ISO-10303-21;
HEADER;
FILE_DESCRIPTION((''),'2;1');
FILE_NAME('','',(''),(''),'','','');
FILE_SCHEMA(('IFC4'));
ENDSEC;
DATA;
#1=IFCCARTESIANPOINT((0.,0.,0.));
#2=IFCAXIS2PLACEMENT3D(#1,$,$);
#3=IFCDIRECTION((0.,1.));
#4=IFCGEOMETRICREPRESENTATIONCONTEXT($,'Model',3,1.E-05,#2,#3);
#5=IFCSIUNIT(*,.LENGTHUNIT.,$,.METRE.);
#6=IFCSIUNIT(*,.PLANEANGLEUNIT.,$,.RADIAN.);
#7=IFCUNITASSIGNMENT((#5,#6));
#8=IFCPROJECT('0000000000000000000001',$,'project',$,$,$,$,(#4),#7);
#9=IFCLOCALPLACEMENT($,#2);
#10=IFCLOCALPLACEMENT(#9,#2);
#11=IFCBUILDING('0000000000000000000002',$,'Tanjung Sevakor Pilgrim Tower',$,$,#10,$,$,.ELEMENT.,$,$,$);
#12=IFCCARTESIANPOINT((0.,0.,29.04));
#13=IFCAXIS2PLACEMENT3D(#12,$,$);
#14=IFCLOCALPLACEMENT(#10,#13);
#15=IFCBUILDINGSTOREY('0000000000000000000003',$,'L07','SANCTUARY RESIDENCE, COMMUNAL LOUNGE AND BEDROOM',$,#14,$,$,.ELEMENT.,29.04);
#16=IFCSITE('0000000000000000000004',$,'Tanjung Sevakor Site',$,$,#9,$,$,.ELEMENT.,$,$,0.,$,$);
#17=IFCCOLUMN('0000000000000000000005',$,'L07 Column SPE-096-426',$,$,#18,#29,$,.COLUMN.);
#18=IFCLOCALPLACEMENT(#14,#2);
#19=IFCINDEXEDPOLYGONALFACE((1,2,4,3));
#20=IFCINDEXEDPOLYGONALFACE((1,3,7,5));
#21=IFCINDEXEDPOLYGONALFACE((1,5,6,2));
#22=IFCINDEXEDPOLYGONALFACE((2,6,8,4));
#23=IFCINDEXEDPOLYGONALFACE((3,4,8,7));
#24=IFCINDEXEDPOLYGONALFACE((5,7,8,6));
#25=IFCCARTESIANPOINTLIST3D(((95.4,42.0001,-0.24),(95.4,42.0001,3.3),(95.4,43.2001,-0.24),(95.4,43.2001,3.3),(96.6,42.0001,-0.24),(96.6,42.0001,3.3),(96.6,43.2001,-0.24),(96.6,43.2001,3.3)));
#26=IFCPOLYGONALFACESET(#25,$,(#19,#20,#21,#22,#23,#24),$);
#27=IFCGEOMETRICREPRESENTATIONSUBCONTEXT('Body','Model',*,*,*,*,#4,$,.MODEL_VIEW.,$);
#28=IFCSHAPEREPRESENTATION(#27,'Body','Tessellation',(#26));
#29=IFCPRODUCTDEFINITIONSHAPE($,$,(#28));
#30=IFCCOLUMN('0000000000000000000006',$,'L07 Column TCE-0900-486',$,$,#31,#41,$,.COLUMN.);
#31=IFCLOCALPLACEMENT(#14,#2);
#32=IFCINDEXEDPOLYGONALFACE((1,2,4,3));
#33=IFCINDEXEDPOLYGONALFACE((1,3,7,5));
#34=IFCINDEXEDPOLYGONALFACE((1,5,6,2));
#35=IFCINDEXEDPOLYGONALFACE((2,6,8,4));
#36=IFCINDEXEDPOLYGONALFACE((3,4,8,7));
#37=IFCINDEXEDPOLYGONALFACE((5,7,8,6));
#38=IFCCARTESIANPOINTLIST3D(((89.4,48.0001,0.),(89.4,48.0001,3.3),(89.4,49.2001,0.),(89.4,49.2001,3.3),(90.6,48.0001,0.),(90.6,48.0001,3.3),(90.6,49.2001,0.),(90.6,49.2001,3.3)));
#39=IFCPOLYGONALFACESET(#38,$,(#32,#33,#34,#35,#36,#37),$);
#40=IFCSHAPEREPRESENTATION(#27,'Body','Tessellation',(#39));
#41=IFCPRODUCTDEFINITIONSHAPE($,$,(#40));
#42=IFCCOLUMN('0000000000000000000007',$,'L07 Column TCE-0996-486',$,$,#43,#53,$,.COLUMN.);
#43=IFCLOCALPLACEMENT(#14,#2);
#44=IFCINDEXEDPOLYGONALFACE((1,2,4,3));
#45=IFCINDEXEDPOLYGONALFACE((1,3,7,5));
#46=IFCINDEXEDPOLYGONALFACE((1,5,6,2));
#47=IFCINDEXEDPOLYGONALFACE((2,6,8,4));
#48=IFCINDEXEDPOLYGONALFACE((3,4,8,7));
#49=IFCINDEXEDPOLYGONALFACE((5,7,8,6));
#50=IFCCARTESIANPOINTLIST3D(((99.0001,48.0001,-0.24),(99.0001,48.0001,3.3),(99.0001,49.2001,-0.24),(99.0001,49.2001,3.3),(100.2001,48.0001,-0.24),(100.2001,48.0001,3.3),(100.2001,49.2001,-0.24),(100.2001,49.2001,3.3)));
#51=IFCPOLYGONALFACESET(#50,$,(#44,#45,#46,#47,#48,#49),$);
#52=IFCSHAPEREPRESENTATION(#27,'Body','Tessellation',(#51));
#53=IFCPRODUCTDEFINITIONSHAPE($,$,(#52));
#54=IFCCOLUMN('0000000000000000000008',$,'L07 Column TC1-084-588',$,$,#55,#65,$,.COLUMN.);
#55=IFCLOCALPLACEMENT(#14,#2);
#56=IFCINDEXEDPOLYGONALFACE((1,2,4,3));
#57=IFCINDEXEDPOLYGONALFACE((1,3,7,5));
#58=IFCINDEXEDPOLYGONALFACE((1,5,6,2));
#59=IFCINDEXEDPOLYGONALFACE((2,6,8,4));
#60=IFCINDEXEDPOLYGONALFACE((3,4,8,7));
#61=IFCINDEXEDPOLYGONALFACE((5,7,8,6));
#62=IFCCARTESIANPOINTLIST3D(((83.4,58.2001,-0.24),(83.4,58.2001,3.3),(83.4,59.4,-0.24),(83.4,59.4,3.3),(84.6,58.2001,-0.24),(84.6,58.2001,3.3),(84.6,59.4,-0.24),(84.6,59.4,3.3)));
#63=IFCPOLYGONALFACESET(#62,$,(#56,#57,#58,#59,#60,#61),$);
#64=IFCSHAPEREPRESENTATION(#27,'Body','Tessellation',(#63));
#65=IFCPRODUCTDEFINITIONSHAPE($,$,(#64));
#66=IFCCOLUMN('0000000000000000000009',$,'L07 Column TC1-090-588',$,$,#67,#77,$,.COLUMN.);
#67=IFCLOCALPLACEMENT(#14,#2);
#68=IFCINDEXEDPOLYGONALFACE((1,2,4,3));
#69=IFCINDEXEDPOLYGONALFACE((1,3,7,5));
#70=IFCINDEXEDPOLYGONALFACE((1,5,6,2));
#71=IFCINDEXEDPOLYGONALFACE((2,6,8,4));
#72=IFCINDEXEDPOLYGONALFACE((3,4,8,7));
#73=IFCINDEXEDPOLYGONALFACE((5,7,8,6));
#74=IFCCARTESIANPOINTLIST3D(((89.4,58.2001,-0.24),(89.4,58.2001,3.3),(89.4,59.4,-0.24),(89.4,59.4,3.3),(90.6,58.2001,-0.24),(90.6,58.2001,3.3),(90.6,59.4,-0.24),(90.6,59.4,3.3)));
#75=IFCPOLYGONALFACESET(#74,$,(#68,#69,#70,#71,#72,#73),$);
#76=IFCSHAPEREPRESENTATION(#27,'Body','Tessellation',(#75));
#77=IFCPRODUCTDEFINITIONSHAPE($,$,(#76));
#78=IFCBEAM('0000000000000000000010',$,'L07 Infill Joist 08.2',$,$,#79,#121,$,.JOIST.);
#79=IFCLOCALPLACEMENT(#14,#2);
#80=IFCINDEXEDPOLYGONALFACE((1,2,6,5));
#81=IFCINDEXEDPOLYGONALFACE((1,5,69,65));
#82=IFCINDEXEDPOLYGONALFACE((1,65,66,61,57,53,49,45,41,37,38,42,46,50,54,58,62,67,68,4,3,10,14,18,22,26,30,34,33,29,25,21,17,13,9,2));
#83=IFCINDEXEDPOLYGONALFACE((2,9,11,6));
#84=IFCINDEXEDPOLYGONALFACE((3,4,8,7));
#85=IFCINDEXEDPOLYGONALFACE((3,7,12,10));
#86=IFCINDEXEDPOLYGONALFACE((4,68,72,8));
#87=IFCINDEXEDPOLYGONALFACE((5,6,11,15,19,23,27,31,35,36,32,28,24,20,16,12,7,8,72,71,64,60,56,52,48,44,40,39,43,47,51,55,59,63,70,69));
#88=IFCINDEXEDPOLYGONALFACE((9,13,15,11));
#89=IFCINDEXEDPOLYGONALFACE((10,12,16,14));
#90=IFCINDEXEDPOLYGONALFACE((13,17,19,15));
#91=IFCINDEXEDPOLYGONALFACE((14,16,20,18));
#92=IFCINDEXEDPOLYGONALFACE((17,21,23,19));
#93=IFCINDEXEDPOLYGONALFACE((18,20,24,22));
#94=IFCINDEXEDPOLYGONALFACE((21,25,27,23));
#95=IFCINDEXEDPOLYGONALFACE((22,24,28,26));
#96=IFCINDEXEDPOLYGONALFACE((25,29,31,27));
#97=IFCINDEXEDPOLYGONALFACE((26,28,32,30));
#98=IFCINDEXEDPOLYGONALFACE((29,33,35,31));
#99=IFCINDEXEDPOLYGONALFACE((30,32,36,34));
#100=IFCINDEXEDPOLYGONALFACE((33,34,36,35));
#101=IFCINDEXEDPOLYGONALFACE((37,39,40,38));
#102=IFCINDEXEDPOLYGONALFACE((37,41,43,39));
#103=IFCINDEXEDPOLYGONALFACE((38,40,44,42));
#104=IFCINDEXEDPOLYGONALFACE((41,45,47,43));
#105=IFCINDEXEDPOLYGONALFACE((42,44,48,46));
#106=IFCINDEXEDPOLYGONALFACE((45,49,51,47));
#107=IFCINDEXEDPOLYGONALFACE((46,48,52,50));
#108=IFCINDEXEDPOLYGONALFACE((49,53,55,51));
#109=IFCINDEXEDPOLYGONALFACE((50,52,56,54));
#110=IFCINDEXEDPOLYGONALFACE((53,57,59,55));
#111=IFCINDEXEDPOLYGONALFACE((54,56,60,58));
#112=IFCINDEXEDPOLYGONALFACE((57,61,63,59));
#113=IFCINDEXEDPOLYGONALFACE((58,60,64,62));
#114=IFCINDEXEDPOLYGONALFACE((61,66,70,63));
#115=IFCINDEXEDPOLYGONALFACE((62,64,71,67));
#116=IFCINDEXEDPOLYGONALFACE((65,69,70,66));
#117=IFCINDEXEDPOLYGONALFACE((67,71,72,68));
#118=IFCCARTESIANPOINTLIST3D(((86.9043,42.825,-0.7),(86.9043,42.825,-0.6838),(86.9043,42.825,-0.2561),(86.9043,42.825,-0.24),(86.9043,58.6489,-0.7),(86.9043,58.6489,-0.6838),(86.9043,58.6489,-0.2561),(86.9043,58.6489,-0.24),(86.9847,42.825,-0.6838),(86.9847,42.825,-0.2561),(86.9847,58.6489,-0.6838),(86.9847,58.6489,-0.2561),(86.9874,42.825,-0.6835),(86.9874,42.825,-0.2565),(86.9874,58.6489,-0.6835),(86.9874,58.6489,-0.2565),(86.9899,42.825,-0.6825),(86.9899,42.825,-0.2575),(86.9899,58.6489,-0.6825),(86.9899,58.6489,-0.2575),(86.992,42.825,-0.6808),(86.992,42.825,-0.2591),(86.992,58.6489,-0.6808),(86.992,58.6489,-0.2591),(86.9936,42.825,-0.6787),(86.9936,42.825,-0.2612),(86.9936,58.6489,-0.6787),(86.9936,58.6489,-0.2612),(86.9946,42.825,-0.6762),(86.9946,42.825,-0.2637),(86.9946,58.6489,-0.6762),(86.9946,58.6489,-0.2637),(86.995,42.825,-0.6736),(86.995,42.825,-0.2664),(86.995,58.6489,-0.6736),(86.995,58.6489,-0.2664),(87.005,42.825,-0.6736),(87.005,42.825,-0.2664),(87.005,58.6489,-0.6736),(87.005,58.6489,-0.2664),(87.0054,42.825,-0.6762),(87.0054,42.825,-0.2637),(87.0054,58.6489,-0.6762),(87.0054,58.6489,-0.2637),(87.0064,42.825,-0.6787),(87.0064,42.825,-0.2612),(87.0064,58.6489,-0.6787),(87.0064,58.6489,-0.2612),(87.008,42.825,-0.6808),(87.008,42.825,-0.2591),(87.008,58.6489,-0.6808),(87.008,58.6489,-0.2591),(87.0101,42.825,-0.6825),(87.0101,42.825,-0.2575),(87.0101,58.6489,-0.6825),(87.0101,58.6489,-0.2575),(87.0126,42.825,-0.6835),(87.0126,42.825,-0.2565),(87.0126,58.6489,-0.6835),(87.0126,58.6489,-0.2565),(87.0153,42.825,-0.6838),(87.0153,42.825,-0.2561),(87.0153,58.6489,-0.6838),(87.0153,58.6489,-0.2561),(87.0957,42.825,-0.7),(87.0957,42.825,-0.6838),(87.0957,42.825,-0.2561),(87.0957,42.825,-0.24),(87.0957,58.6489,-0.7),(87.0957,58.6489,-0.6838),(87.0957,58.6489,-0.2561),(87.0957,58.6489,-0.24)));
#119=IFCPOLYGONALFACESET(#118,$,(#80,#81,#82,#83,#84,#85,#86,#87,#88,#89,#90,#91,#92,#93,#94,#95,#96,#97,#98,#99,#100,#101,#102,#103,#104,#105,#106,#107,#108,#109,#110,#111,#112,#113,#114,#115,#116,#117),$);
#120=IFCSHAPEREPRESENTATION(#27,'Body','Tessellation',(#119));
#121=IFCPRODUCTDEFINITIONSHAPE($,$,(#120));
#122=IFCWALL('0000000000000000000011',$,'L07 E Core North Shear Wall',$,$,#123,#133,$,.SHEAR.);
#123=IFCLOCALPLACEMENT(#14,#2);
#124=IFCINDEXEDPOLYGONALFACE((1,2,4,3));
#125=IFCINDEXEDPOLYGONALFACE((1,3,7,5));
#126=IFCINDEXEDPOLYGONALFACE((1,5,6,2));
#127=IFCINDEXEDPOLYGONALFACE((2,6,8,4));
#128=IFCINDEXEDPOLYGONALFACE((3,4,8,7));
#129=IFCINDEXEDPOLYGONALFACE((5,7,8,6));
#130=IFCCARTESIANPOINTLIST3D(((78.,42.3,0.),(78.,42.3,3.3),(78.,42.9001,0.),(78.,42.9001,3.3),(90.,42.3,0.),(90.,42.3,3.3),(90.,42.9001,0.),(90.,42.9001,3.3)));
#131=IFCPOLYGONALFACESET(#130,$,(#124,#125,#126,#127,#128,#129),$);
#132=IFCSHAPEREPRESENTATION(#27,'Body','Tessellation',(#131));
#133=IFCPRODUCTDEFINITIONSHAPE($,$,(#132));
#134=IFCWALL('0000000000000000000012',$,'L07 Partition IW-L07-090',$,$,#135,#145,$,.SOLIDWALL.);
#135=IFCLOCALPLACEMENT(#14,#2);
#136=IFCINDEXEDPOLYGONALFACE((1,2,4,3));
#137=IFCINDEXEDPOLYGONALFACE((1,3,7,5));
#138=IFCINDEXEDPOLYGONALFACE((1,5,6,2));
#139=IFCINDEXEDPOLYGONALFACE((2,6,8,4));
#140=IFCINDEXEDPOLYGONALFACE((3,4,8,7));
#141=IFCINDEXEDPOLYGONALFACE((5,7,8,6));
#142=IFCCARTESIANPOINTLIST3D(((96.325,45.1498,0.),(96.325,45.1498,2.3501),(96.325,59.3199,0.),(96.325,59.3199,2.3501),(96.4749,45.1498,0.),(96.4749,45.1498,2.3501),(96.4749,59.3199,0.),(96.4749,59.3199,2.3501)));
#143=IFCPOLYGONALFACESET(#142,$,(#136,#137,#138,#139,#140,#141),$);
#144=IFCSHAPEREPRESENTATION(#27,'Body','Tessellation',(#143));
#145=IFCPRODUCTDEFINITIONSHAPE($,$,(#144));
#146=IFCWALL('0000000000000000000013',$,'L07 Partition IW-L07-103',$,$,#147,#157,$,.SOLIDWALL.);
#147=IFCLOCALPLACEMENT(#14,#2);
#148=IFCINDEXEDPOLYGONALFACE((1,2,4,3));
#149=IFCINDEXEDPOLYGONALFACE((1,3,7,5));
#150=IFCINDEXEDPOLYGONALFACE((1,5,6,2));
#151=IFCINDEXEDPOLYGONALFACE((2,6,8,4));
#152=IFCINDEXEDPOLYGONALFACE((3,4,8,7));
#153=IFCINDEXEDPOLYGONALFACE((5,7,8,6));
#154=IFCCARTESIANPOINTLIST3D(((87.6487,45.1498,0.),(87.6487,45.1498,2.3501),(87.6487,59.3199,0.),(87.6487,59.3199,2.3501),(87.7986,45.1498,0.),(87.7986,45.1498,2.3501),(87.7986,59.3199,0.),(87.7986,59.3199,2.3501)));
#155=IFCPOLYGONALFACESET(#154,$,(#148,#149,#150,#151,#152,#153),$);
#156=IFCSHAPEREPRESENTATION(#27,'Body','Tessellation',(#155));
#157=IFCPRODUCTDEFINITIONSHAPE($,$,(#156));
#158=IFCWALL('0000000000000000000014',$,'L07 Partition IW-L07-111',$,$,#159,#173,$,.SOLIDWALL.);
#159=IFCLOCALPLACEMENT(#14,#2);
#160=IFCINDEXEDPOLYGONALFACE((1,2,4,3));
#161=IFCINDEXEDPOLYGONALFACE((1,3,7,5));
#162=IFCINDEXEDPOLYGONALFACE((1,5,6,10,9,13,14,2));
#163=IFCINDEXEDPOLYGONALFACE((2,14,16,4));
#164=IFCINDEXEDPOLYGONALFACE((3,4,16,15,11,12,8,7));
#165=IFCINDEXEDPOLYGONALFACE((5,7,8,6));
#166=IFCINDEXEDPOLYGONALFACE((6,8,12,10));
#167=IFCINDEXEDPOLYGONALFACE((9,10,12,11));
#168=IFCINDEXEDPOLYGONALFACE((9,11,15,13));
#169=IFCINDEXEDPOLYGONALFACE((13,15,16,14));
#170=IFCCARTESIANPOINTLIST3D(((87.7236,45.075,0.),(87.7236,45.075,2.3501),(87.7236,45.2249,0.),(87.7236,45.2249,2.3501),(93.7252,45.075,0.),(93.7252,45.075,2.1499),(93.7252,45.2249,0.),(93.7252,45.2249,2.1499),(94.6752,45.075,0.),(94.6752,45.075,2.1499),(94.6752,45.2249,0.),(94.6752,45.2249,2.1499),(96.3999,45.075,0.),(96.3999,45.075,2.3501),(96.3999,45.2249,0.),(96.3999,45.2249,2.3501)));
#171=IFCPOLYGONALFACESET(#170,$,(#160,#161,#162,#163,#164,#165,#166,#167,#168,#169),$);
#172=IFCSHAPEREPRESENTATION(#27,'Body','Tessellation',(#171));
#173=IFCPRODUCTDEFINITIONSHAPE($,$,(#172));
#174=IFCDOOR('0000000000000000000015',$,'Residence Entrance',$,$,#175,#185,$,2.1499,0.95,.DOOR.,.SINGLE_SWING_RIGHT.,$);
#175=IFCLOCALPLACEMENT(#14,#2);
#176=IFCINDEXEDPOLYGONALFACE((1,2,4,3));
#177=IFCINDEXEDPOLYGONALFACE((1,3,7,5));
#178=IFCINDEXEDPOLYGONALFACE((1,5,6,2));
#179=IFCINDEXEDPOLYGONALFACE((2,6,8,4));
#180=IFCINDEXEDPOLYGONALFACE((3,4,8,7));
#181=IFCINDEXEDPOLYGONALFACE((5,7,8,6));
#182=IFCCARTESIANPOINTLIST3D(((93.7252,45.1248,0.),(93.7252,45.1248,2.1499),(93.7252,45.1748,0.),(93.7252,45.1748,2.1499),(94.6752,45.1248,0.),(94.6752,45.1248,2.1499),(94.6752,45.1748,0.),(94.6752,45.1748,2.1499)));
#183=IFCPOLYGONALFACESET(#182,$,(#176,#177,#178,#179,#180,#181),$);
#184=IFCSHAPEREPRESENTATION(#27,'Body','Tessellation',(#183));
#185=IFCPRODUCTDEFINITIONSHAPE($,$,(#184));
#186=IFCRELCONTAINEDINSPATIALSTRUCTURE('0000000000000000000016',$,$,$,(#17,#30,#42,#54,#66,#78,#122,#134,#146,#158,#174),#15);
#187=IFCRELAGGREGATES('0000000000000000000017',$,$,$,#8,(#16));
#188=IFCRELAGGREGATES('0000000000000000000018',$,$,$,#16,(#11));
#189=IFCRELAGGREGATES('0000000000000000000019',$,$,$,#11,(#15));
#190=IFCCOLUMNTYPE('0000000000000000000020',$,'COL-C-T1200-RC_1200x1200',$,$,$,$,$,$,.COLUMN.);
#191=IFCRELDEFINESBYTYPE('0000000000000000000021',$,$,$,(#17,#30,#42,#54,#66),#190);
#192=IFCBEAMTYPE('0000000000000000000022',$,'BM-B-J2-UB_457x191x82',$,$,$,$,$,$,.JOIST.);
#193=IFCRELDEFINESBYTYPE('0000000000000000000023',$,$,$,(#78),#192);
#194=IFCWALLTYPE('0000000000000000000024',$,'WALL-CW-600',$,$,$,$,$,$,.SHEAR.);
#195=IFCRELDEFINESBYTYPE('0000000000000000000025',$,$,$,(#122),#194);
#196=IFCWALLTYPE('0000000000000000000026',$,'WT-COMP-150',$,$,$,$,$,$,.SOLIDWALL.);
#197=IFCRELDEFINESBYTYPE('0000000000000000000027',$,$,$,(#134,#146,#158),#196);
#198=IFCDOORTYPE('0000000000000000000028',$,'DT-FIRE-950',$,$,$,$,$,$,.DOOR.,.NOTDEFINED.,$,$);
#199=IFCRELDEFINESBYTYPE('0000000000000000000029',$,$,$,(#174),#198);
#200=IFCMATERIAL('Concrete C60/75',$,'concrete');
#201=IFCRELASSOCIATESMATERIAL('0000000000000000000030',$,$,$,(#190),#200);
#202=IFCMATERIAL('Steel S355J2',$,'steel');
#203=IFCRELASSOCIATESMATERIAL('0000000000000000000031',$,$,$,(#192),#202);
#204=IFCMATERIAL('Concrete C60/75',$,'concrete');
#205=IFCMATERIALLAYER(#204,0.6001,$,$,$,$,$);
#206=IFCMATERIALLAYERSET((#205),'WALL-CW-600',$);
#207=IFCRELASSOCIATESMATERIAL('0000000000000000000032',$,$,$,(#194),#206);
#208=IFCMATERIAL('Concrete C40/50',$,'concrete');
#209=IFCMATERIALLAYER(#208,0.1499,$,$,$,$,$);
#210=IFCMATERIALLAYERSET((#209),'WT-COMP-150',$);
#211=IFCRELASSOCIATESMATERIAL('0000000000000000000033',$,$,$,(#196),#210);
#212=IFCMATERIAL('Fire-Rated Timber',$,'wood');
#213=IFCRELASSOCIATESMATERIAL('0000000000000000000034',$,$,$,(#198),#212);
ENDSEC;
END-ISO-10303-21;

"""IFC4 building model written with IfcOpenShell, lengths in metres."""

from ifc_helpers import new_model, si_unit, direction, frame, frame_2d, origin, origin_2d, place, context, subcontext, project, spatial, rectangle, i_section, extrude, material, layer, layer_set, material_profile, profile_set, type_object, element, fill, save


model = new_model("IFC4")

# Units and contexts
model_context = context("Model", 3, precision=1e-05, world=origin(), true_north=direction((0.0, 1.0)))
body_context = subcontext(model_context, "Body", "Model", "MODEL_VIEW")
ifc_project = project(units=[si_unit("LENGTHUNIT", "METRE"), si_unit("PLANEANGLEUNIT", "RADIAN")], contexts=[model_context])

# Site, building, storey
site_placement = place(None, origin())
site = spatial("IfcSite", under=ifc_project, at=site_placement, Name="Tanjung Sevakor Site", CompositionType="ELEMENT", RefElevation=0.0)
building_placement = place(site_placement, origin())
building = spatial("IfcBuilding", under=site, at=building_placement, Name="Tanjung Sevakor Pilgrim Tower", CompositionType="ELEMENT")
storey_placement = place(building_placement, frame((0.0, 0.0, 29.04)))
storey = spatial("IfcBuildingStorey", under=building, at=storey_placement, Name="L07", Description="SANCTUARY RESIDENCE, COMMUNAL LOUNGE AND BEDROOM", CompositionType="ELEMENT", Elevation=29.04)

# Columns
ifc_material_1 = material(Name="Concrete C60/75", Category="concrete")
ifc_material_profile_1 = material_profile(ifc_material_1, rectangle(XDim=1.2, YDim=1.2, at=origin_2d()))
ifc_profile_set_1 = profile_set([ifc_material_profile_1], Name="Concrete C60/75")
column_type = type_object("IfcColumnType", Name="COL-C-T1200-RC_1200x1200", PredefinedType="COLUMN", material=ifc_profile_set_1)
column_1_placement = place(storey_placement, frame((96.0, 42.6001, -0.24), z_axis=(0.0, 0.0, 1.0), x_axis=(1.0, 0.0, 0.0)))
element("IfcColumn", 1, at=column_1_placement, inside=storey, type_object=column_type, Name="L07 Column SPE-096-426", PredefinedType="COLUMN", context=body_context, shape_type="SweptSolid", body=[
    extrude(rectangle(XDim=1.2, YDim=1.2, at=origin_2d()), origin(), (0.0, 0.0, 1.0), 3.54),
])
column_2_placement = place(storey_placement, frame((90.0, 48.6001, 0.0), z_axis=(0.0, 0.0, 1.0), x_axis=(1.0, 0.0, 0.0)))
element("IfcColumn", 2, at=column_2_placement, inside=storey, type_object=column_type, Name="L07 Column TCE-0900-486", PredefinedType="COLUMN", context=body_context, shape_type="SweptSolid", body=[
    extrude(rectangle(XDim=1.2, YDim=1.2, at=origin_2d()), origin(), (0.0, 0.0, 1.0), 3.3),
])
for number, where, z_axis, x_axis, name in (
    (3, (99.6001, 48.6001, -0.24), (0.0, 0.0, 1.0), (1.0, 0.0, 0.0), "L07 Column TCE-0996-486"),
    (4, (84.0, 58.8, -0.24), (0.0, 0.0, 1.0), (1.0, 0.0, 0.0), "L07 Column TC1-084-588"),
    (5, (90.0, 58.8, -0.24), (0.0, 0.0, 1.0), (1.0, 0.0, 0.0), "L07 Column TC1-090-588"),
):
    element("IfcColumn", number, at=place(storey_placement, frame(where, z_axis=z_axis, x_axis=x_axis)), inside=storey, type_object=column_type, Name=name, PredefinedType="COLUMN", context=body_context, shape_type="SweptSolid", body=[
        extrude(rectangle(XDim=1.2, YDim=1.2, at=origin_2d()), origin(), (0.0, 0.0, 1.0), 3.54),
    ])

# Beam
ifc_material_2 = material(Name="Steel S355J2", Category="steel")
ifc_material_profile_2 = material_profile(ifc_material_2, i_section(OverallWidth=0.1914, OverallDepth=0.46, WebThickness=0.01, FlangeThickness=0.0161, FilletRadius=0.0103, at=origin_2d()))
ifc_profile_set_2 = profile_set([ifc_material_profile_2], Name="Steel S355J2")
beam_type = type_object("IfcBeamType", Name="BM-B-J2-UB_457x191x82", PredefinedType="JOIST", material=ifc_profile_set_2)
beam_placement = place(storey_placement, frame((87.0, 42.825, -0.47), z_axis=(0.0, 1.0, 0.0), x_axis=(-1.0, 0.0, 0.0)))
element("IfcBeam", 6, at=beam_placement, inside=storey, type_object=beam_type, Name="L07 Infill Joist 08.2", PredefinedType="JOIST", context=body_context, shape_type="SweptSolid", body=[
    extrude(i_section(OverallWidth=0.1914, OverallDepth=0.46, WebThickness=0.01, FlangeThickness=0.0161, FilletRadius=0.0103, at=origin_2d()), origin(), (0.0, 0.0, 1.0), 15.824),
])

# Walls
ifc_material_3 = material(Name="Concrete C60/75", Category="concrete")
ifc_layer_1 = layer(ifc_material_3, 0.6001)
ifc_layer_set_1 = layer_set([ifc_layer_1], Name="WALL-CW-600")
wall_type_1 = type_object("IfcWallType", Name="WALL-CW-600", PredefinedType="SHEAR", material=ifc_layer_set_1)
wall_1_placement = place(storey_placement, frame((90.0, 42.6001, 0.0), z_axis=(0.0, 0.0, 1.0), x_axis=(-1.0, 0.0, 0.0)))
element("IfcWall", 7, at=wall_1_placement, inside=storey, type_object=wall_type_1, Name="L07 E Core North Shear Wall", PredefinedType="SHEAR", context=body_context, shape_type="SweptSolid", body=[
    extrude(rectangle(XDim=12.0, YDim=0.6001, at=frame_2d((6.0, 0.0))), origin(), (0.0, 0.0, 1.0), 3.3),
])
ifc_material_4 = material(Name="Concrete C40/50", Category="concrete")
ifc_layer_2 = layer(ifc_material_4, 0.1499)
ifc_layer_set_2 = layer_set([ifc_layer_2], Name="WT-COMP-150")
wall_type_2 = type_object("IfcWallType", Name="WT-COMP-150", PredefinedType="SOLIDWALL", material=ifc_layer_set_2)
for number, where, z_axis, x_axis, name in (
    (8, (96.3999, 45.1499, 0.0), (0.0, 0.0, 1.0), (0.0, 1.0, 0.0), "L07 Partition IW-L07-090"),
    (9, (87.7236, 45.1499, 0.0), (0.0, 0.0, 1.0), (0.0, 1.0, 0.0), "L07 Partition IW-L07-103"),
):
    element("IfcWall", number, at=place(storey_placement, frame(where, z_axis=z_axis, x_axis=x_axis)), inside=storey, type_object=wall_type_2, Name=name, PredefinedType="SOLIDWALL", context=body_context, shape_type="SweptSolid", body=[
        extrude(rectangle(XDim=14.1702, YDim=0.1499, at=frame_2d((7.085, 0.0))), origin(), (0.0, 0.0, 1.0), 2.3501),
    ])

# Wall, opening, door
wall_2_placement = place(storey_placement, frame((87.7236, 45.1499, 0.0), z_axis=(0.0, 0.0, 1.0), x_axis=(1.0, 0.0, 0.0)))
wall_2 = element("IfcWall", 10, at=wall_2_placement, inside=storey, type_object=wall_type_2, Name="L07 Partition IW-L07-111", PredefinedType="SOLIDWALL", context=body_context, shape_type="SweptSolid", body=[
    extrude(rectangle(XDim=8.6763, YDim=0.1499, at=frame_2d((4.3381, 0.0))), origin(), (0.0, 0.0, 1.0), 2.3501),
])
opening_1_placement = place(wall_2_placement, frame((6.0015, 0.0, 0.0)))
opening_1 = element("IfcOpeningElement", 11, at=opening_1_placement, cuts=wall_2, PredefinedType="OPENING", context=body_context, shape_type="SweptSolid", body=[
    extrude(rectangle(XDim=0.95, YDim=2.1499, at=frame_2d((0.4751, 1.075))), frame((0.0, 0.085, 0.0), z_axis=(0.0, -1.0, 0.0), x_axis=(1.0, 0.0, 0.0)), (0.0, 0.0, 1.0), 0.1699),
])
ifc_material_5 = material(Name="Fire-Rated Timber", Category="wood")
door_type_1 = type_object("IfcDoorType", Name="DT-FIRE-950", OperationType="NOTDEFINED", PredefinedType="DOOR", material=ifc_material_5)
door_1_placement = place(opening_1_placement, origin())
door_1 = element("IfcDoor", 12, at=door_1_placement, inside=storey, type_object=door_type_1, Name="Residence Entrance", OperationType="SINGLE_SWING_RIGHT", OverallHeight=2.1499, OverallWidth=0.95, PredefinedType="DOOR", context=body_context, shape_type="SweptSolid", body=[
    extrude(rectangle(XDim=0.95, YDim=2.1499, at=frame_2d((0.4751, 1.075))), frame((0.0, 0.0249, 0.0), z_axis=(0.0, -1.0, 0.0), x_axis=(1.0, 0.0, 0.0)), (0.0, 0.0, 1.0), 0.05),
])
fill(opening_1, door_1)

save(model, "model.ifc")
